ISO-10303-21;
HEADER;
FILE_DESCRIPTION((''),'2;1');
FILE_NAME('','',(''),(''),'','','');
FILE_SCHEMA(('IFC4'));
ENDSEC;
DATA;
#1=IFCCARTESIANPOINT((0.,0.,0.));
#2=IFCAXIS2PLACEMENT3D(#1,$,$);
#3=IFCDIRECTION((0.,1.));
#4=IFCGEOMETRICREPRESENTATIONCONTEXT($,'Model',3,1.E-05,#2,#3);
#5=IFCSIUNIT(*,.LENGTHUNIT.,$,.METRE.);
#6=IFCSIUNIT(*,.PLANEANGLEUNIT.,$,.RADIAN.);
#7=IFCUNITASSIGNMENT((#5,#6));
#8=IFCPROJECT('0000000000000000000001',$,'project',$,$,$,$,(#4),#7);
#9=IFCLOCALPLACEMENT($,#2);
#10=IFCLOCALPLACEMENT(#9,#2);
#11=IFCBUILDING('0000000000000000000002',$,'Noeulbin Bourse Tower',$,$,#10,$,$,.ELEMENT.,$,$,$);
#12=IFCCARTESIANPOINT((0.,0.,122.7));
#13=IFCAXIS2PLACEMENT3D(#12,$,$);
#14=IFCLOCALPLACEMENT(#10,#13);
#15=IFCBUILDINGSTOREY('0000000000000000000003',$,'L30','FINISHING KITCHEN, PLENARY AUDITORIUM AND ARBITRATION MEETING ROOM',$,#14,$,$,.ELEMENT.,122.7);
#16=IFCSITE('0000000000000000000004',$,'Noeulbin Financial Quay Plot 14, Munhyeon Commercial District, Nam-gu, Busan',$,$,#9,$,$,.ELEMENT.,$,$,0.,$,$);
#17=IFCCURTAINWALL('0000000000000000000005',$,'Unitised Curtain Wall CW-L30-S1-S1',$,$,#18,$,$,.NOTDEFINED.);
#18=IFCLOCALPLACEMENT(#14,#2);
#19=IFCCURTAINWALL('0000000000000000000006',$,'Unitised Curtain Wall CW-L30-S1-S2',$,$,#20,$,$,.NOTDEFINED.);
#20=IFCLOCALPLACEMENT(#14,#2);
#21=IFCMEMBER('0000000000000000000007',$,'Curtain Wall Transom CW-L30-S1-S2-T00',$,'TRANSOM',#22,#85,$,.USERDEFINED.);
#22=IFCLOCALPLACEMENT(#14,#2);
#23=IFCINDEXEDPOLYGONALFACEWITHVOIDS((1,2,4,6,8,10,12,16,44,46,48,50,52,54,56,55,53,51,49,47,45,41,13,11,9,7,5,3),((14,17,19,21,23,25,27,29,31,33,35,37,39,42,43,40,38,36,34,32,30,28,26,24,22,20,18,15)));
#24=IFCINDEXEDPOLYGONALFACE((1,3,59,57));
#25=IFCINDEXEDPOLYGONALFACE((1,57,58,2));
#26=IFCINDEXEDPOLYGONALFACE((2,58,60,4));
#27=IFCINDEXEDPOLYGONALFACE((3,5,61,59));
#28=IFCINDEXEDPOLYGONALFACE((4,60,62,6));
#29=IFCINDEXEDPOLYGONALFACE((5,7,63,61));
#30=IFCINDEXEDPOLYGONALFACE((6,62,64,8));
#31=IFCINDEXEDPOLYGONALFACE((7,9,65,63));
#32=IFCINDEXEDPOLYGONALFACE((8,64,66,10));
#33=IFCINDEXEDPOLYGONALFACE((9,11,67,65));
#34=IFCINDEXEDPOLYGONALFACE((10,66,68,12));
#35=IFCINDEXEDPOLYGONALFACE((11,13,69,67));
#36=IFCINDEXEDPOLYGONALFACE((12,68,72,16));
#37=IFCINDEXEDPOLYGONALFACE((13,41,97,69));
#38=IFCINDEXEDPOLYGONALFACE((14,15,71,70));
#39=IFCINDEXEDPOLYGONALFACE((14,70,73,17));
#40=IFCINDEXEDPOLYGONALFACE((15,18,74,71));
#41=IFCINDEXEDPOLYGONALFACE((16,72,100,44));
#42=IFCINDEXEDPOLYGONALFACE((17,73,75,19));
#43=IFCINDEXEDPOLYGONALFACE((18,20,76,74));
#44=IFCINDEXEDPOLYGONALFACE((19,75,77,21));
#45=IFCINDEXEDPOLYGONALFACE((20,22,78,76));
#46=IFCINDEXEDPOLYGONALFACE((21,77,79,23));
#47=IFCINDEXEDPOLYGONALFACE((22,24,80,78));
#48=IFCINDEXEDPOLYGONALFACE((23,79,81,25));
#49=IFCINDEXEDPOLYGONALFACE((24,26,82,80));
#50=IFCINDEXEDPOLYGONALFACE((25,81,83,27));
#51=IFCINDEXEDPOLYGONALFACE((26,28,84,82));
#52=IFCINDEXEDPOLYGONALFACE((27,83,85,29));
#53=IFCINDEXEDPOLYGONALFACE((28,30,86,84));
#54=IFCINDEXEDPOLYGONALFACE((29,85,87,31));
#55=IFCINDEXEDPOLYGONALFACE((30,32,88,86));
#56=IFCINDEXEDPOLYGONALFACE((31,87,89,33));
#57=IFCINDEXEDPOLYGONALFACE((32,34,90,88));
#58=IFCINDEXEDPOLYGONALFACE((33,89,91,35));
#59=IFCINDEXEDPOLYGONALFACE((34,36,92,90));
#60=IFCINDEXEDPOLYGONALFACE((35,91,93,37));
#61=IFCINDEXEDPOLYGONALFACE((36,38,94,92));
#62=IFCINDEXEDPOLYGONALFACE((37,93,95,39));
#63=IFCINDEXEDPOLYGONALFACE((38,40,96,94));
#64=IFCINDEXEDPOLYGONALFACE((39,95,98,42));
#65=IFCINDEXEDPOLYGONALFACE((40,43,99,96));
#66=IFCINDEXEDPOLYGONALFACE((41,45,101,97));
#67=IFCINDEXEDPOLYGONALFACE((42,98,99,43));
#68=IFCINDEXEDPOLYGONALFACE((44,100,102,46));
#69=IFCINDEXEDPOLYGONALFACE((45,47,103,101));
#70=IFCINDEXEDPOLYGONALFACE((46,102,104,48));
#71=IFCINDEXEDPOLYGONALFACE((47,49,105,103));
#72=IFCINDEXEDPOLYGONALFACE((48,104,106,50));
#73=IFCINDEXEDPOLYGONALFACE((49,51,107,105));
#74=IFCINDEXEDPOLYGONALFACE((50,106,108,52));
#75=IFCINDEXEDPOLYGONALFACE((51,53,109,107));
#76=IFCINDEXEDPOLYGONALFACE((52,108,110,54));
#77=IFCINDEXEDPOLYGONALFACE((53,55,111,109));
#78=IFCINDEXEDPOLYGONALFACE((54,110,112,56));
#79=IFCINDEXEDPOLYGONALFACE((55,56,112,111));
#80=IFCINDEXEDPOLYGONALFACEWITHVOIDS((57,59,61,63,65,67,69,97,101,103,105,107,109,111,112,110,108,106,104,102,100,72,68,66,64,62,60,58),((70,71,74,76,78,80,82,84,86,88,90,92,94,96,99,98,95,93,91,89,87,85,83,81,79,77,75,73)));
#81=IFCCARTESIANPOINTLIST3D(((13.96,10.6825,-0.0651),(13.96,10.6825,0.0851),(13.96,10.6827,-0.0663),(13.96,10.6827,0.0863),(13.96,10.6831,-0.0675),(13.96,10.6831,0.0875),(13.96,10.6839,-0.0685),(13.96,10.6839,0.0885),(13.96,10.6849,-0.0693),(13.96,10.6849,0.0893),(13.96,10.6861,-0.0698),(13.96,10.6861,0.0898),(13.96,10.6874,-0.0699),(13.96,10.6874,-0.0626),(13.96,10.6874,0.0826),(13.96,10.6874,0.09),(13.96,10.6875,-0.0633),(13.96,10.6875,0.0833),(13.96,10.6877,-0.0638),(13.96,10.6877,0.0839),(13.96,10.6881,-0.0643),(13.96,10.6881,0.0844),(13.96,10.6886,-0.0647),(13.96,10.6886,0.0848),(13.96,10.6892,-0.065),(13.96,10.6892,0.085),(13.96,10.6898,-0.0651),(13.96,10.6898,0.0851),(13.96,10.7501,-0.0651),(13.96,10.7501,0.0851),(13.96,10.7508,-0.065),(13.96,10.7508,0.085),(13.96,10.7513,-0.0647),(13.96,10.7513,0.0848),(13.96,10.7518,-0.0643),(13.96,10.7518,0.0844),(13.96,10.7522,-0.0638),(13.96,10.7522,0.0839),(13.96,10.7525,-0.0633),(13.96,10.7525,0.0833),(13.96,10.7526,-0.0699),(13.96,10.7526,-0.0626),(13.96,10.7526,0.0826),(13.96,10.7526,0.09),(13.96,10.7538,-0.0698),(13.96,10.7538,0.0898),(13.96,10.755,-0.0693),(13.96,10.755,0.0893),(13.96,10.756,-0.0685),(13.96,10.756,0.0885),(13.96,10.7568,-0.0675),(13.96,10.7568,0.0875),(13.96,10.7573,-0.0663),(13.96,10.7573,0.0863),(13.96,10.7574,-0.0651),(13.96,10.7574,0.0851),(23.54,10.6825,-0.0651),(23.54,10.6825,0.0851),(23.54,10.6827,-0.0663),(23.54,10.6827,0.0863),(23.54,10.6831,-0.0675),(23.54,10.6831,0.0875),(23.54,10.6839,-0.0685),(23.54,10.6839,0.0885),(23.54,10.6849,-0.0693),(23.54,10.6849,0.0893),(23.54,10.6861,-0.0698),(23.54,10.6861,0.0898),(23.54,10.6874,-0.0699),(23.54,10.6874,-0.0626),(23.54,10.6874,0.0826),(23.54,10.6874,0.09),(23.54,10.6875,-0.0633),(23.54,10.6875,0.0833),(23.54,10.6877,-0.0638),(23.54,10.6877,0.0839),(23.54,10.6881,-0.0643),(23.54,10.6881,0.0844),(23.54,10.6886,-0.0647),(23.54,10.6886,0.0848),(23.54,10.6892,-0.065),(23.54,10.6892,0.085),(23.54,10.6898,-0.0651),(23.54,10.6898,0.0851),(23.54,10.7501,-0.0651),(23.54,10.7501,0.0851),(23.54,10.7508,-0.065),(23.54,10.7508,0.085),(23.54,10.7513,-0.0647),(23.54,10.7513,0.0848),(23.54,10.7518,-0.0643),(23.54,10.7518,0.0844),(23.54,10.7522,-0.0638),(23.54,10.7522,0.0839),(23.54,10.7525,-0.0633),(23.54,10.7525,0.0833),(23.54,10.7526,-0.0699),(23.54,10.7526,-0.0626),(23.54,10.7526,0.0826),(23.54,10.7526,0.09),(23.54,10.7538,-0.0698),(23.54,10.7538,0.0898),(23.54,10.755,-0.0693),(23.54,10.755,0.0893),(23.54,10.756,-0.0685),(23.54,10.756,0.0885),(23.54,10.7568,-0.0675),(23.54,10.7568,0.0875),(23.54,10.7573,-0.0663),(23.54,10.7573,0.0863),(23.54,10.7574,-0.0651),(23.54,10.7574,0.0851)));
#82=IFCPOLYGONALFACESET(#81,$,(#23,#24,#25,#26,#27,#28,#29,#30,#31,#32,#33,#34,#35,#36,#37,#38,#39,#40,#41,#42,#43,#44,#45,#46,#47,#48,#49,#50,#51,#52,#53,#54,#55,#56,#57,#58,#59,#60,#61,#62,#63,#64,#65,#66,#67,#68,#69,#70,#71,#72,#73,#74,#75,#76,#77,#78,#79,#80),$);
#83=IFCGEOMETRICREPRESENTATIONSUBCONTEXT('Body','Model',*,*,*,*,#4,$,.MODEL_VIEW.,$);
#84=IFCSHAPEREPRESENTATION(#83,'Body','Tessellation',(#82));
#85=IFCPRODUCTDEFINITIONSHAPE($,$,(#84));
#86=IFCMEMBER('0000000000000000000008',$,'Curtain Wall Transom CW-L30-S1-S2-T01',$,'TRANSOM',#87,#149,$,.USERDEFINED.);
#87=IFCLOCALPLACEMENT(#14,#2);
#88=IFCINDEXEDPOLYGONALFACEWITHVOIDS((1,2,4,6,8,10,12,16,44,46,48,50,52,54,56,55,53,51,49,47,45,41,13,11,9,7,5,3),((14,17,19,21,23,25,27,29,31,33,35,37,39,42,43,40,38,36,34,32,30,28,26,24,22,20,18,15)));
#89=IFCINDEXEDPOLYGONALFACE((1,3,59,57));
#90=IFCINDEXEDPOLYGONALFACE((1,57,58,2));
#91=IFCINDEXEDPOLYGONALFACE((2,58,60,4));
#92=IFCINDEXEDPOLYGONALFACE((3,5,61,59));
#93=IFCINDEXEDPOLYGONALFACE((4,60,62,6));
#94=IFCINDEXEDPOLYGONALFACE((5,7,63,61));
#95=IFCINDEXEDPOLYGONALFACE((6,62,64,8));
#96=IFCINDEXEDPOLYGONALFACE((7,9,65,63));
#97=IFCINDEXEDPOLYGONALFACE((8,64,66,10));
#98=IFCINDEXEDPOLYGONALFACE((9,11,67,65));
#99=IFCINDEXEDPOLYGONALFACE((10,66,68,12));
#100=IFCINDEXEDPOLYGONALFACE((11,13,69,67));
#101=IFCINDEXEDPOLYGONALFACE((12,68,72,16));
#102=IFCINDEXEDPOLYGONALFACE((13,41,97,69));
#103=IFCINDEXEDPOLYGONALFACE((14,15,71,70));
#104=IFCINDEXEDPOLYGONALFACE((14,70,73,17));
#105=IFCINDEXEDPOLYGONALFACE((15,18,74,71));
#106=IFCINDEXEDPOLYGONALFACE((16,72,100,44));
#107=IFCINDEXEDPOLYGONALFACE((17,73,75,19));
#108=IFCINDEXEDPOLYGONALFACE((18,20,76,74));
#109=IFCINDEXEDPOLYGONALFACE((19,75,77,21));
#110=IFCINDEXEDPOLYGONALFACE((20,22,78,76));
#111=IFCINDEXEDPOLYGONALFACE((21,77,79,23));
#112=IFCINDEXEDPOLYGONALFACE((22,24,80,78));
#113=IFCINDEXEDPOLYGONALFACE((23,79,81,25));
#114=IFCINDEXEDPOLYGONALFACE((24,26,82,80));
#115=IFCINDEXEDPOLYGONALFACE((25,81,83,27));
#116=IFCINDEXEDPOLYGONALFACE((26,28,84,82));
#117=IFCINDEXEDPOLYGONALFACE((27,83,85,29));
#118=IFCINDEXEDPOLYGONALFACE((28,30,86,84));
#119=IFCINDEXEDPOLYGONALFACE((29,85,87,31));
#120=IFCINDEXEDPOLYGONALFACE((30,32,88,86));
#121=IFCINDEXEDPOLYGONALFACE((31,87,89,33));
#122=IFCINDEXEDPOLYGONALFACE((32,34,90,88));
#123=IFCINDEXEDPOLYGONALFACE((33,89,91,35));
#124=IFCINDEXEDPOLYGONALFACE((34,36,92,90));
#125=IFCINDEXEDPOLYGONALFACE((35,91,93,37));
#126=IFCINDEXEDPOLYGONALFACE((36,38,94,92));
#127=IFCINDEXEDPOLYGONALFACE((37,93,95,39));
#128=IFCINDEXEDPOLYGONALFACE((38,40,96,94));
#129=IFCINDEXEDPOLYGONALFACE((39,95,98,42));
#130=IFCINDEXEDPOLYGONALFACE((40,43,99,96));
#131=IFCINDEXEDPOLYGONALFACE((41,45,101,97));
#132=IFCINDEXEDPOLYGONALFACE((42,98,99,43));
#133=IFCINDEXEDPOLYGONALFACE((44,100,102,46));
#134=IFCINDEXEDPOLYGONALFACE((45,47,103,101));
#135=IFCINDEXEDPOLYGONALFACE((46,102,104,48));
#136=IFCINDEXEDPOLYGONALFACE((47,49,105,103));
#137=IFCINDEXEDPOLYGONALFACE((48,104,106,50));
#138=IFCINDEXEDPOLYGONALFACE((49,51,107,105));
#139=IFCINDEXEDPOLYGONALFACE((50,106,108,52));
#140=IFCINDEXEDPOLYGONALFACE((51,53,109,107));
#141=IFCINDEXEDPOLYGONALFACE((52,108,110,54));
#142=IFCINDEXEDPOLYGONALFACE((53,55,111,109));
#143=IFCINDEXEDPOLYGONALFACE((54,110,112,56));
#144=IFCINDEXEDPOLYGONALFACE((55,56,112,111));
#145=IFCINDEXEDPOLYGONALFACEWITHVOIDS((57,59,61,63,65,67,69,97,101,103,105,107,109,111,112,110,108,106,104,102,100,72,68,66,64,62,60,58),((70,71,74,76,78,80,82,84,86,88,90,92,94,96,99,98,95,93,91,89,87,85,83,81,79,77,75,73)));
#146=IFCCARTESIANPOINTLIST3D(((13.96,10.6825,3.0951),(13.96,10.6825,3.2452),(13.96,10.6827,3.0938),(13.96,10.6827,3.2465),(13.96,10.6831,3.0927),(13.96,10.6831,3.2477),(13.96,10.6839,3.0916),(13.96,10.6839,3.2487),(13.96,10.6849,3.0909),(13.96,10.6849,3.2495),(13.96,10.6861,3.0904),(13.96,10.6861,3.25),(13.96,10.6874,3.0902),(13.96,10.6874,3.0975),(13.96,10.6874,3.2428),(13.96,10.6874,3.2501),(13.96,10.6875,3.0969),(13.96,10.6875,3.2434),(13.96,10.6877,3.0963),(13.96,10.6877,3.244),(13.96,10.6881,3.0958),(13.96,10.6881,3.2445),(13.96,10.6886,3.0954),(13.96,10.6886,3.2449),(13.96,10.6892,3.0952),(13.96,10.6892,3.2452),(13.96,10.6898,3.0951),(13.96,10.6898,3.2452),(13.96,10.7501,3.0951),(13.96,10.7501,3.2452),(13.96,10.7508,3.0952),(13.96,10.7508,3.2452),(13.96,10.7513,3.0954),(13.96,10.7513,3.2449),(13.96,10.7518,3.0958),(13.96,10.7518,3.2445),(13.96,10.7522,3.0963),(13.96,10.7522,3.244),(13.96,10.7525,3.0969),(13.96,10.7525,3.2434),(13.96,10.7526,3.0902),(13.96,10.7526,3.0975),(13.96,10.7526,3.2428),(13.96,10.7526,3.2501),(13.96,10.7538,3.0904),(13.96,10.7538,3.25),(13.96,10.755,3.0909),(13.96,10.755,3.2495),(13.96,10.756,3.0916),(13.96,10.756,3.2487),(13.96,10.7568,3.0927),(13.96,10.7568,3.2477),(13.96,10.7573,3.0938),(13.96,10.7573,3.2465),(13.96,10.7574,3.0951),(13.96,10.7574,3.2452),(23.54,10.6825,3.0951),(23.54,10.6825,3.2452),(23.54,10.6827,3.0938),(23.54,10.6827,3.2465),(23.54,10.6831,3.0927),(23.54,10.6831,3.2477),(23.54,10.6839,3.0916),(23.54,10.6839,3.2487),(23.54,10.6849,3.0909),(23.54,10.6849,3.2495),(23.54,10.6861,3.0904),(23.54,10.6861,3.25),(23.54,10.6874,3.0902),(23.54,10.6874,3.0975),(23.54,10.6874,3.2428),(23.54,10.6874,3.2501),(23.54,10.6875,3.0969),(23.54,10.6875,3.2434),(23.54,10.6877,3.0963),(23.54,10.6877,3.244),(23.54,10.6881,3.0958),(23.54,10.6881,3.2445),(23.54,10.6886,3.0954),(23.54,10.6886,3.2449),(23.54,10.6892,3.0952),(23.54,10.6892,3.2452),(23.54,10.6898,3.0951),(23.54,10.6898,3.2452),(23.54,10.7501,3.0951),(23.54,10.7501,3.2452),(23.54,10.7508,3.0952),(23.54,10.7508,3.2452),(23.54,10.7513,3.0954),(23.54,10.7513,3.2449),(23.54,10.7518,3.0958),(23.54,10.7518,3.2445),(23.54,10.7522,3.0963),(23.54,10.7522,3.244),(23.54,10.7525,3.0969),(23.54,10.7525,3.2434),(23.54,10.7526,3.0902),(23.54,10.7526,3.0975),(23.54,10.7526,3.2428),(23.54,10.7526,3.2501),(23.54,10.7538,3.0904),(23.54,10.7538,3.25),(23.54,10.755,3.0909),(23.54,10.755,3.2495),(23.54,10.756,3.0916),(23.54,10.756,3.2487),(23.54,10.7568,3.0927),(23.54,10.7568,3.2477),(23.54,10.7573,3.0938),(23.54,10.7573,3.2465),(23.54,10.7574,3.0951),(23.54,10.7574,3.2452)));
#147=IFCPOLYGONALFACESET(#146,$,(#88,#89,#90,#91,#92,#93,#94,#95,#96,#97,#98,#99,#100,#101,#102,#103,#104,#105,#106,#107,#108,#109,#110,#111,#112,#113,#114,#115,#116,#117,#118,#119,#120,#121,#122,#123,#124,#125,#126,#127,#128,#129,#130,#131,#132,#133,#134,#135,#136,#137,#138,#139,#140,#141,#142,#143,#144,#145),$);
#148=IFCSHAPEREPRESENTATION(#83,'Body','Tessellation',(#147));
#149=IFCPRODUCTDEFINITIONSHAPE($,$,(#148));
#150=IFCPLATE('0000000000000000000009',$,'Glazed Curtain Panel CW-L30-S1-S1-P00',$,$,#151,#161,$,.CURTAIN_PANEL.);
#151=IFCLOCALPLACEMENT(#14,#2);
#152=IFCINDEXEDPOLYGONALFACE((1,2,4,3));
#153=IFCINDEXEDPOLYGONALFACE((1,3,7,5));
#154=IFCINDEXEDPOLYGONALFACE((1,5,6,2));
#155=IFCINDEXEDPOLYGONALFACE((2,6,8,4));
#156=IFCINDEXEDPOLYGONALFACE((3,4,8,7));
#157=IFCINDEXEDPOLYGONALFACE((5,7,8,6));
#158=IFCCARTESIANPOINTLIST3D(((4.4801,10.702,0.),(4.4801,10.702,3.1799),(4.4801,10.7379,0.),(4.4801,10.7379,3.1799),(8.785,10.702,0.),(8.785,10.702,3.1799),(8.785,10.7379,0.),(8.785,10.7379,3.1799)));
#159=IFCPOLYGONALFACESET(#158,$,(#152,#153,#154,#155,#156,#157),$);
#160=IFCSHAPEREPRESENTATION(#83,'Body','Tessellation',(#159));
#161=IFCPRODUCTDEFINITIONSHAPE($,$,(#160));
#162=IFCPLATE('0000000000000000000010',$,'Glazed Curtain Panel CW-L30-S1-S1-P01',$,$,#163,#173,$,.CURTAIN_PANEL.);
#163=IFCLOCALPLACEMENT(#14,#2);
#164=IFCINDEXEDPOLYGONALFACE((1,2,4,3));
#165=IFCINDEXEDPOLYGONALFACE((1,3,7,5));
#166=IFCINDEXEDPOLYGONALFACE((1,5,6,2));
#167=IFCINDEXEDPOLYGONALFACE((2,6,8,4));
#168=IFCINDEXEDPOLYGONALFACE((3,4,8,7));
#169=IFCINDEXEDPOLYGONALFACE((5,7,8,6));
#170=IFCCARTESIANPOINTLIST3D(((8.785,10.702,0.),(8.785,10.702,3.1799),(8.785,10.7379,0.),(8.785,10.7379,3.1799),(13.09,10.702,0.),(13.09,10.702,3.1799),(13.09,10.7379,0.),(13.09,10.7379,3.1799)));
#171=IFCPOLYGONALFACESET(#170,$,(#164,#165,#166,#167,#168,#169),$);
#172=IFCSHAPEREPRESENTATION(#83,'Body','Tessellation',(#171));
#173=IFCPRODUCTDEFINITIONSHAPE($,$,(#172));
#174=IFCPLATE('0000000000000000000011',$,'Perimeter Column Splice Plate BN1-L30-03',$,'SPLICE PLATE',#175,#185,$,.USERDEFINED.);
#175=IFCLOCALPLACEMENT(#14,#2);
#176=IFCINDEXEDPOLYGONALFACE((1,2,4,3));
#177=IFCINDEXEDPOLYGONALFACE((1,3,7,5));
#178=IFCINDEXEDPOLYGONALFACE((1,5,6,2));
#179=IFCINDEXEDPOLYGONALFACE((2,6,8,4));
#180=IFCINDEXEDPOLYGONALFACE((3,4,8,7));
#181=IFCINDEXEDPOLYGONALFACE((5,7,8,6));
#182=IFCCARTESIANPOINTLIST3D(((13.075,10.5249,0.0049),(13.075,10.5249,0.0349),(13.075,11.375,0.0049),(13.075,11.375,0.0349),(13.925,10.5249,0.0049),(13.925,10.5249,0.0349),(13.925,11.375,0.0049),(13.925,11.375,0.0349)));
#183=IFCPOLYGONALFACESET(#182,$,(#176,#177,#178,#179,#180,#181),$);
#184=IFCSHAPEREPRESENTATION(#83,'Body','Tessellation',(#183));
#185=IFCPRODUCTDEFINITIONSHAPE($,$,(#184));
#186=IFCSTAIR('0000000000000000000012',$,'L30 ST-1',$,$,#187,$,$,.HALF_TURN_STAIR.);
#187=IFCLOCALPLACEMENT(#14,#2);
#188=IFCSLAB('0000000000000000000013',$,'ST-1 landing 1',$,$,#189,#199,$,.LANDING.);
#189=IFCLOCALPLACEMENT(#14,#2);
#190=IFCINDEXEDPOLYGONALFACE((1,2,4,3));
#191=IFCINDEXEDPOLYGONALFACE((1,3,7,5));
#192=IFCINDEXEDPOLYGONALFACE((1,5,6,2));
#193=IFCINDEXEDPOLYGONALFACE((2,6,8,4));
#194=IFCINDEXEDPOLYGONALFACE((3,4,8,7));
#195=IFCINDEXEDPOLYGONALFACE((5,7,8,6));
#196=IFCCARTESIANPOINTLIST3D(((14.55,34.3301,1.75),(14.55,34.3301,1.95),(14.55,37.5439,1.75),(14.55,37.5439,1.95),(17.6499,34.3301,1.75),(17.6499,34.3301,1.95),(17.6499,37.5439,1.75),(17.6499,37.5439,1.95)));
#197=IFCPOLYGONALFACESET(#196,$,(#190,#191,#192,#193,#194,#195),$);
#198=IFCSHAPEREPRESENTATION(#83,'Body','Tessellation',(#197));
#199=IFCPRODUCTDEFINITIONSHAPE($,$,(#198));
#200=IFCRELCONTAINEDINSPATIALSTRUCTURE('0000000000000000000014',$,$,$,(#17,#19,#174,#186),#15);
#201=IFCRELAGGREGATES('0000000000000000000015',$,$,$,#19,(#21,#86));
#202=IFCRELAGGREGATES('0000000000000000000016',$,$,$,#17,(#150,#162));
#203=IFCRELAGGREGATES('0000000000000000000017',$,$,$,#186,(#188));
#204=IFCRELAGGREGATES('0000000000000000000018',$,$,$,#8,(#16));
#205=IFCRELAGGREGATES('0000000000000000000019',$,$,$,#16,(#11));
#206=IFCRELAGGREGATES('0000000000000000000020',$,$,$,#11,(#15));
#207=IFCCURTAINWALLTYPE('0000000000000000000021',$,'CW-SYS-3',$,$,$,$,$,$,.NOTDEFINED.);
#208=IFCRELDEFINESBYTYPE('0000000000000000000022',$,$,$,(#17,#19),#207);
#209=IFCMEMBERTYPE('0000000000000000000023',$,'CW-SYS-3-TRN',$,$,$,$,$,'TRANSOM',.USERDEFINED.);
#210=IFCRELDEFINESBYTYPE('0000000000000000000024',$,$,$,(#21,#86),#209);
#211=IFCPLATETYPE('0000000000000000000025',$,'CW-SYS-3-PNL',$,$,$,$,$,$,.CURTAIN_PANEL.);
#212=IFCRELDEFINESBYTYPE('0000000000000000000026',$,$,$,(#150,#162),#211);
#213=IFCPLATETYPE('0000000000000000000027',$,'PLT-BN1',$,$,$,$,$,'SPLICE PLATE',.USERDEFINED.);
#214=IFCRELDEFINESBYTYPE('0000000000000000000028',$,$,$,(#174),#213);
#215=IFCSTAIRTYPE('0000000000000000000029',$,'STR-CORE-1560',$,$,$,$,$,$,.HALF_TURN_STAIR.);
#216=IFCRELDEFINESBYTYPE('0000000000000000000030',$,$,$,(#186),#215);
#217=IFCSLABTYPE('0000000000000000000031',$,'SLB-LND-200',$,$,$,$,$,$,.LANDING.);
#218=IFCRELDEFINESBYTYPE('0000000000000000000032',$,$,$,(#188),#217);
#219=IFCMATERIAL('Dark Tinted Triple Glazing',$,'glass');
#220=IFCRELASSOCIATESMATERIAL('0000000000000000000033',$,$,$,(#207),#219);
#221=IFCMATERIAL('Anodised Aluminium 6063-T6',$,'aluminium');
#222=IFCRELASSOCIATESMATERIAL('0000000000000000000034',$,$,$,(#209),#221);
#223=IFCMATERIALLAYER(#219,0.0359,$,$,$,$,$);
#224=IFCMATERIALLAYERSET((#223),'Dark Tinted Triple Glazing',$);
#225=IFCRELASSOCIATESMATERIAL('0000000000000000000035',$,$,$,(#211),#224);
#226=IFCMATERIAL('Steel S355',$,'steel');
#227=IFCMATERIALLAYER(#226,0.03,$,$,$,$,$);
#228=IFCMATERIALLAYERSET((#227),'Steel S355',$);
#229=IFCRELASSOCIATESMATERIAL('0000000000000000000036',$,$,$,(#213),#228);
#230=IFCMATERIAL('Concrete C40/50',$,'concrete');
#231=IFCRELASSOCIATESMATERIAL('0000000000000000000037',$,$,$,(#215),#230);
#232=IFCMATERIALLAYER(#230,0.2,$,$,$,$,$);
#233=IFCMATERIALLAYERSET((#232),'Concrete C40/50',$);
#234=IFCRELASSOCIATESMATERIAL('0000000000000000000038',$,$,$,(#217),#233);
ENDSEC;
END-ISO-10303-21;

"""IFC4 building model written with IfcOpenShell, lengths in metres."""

from ifc_helpers import new_model, si_unit, direction, frame, origin, origin_2d, place, context, subcontext, project, spatial, polyline, rectangle, hollow_rectangle, outline, extrude, material, layer, layer_set, material_profile, profile_set, type_object, element, aggregate, save


model = new_model("IFC4")

# Units and contexts
model_context = context("Model", 3, precision=1e-05, world=origin(), true_north=direction((0.0, 1.0)))
body_context = subcontext(model_context, "Body", "Model", "MODEL_VIEW")
ifc_project = project(units=[si_unit("LENGTHUNIT", "METRE"), si_unit("PLANEANGLEUNIT", "RADIAN")], contexts=[model_context])

# Site, building, storey
site_placement = place(None, origin())
site = spatial("IfcSite", under=ifc_project, at=site_placement, Name="Noeulbin Financial Quay Plot 14, Munhyeon Commercial District, Nam-gu, Busan", CompositionType="ELEMENT", RefElevation=0.0)
building_placement = place(site_placement, origin())
building = spatial("IfcBuilding", under=site, at=building_placement, Name="Noeulbin Bourse Tower", CompositionType="ELEMENT")
storey_placement = place(building_placement, frame((0.0, 0.0, 122.7)))
storey = spatial("IfcBuildingStorey", under=building, at=storey_placement, Name="L30", Description="FINISHING KITCHEN, PLENARY AUDITORIUM AND ARBITRATION MEETING ROOM", CompositionType="ELEMENT", Elevation=122.7)

# Shared definitions
ifc_material_1 = material(Name="Steel S355", Category="steel")

# Curtain wall
ifc_material_2 = material(Name="Dark Tinted Triple Glazing", Category="glass")
curtain_wall_type = type_object("IfcCurtainWallType", Name="CW-SYS-3", PredefinedType="NOTDEFINED", material=ifc_material_2)
curtain_wall_1_placement = place(storey_placement, origin())
curtain_wall_1 = element("IfcCurtainWall", 1, at=curtain_wall_1_placement, inside=storey, type_object=curtain_wall_type, Name="Unitised Curtain Wall CW-L30-S1-S1", PredefinedType="NOTDEFINED")
ifc_material_3 = material(Name="Anodised Aluminium 6063-T6", Category="aluminium")

# Curtain wall
curtain_wall_2_placement = place(storey_placement, origin())
curtain_wall_2 = element("IfcCurtainWall", 2, at=curtain_wall_2_placement, inside=storey, type_object=curtain_wall_type, Name="Unitised Curtain Wall CW-L30-S1-S2", PredefinedType="NOTDEFINED")

# Members
ifc_material_profile_1 = material_profile(ifc_material_3, hollow_rectangle(XDim=0.075, YDim=0.1599, WallThickness=0.0049, InnerFilletRadius=0.0024, OuterFilletRadius=0.0049, at=origin_2d()), Name="ALU-TRAN-75x160x5", Category="LoadBearing")
ifc_profile_set_1 = profile_set([ifc_material_profile_1], Name="Anodised Aluminium 6063-T6")
member_type_1 = type_object("IfcMemberType", Name="CW-SYS-3-TRN", ElementType="TRANSOM", PredefinedType="USERDEFINED", material=ifc_profile_set_1)
member_1_placement = place(storey_placement, frame((13.96, 10.72, 0.01), z_axis=(1.0, 0.0, 0.0), x_axis=(0.0, 1.0, 0.0)))
member_1 = element("IfcMember", 3, at=member_1_placement, type_object=member_type_1, Name="Curtain Wall Transom CW-L30-S1-S2-T00", ObjectType="TRANSOM", PredefinedType="USERDEFINED", context=body_context, shape_type="SweptSolid", body=[
    extrude(hollow_rectangle(XDim=0.075, YDim=0.1599, WallThickness=0.0049, InnerFilletRadius=0.0024, OuterFilletRadius=0.0049, at=origin_2d()), origin(), (0.0, 0.0, 1.0), 9.5801),
])
member_2_placement = place(storey_placement, frame((13.96, 10.72, 3.1702), z_axis=(1.0, 0.0, 0.0), x_axis=(0.0, 1.0, 0.0)))
member_2 = element("IfcMember", 4, at=member_2_placement, type_object=member_type_1, Name="Curtain Wall Transom CW-L30-S1-S2-T01", ObjectType="TRANSOM", PredefinedType="USERDEFINED", context=body_context, shape_type="SweptSolid", body=[
    extrude(hollow_rectangle(XDim=0.075, YDim=0.1599, WallThickness=0.0049, InnerFilletRadius=0.0024, OuterFilletRadius=0.0049, at=origin_2d()), origin(), (0.0, 0.0, 1.0), 9.5801),
])
aggregate(curtain_wall_2, [member_1, member_2])

# Plates
ifc_layer_1 = layer(ifc_material_2, 0.0359)
ifc_layer_set_1 = layer_set([ifc_layer_1], Name="Dark Tinted Triple Glazing")
plate_type_1 = type_object("IfcPlateType", Name="CW-SYS-3-PNL", PredefinedType="CURTAIN_PANEL", material=ifc_layer_set_1)
plate_1_placement = place(storey_placement, frame((6.6326, 10.72, 0.0), z_axis=(0.0, 0.0, 1.0), x_axis=(1.0, 0.0, 0.0)))
plate_1 = element("IfcPlate", 5, at=plate_1_placement, type_object=plate_type_1, Name="Glazed Curtain Panel CW-L30-S1-S1-P00", PredefinedType="CURTAIN_PANEL", context=body_context, shape_type="SweptSolid", body=[
    extrude(rectangle(XDim=4.3049, YDim=0.0359, at=origin_2d()), origin(), (0.0, 0.0, 1.0), 3.1799),
])
plate_2_placement = place(storey_placement, frame((10.9375, 10.72, 0.0), z_axis=(0.0, 0.0, 1.0), x_axis=(1.0, 0.0, 0.0)))
plate_2 = element("IfcPlate", 6, at=plate_2_placement, type_object=plate_type_1, Name="Glazed Curtain Panel CW-L30-S1-S1-P01", PredefinedType="CURTAIN_PANEL", context=body_context, shape_type="SweptSolid", body=[
    extrude(rectangle(XDim=4.3049, YDim=0.0359, at=origin_2d()), origin(), (0.0, 0.0, 1.0), 3.1799),
])
aggregate(curtain_wall_1, [plate_1, plate_2])
ifc_layer_2 = layer(ifc_material_1, 0.03)
ifc_layer_set_2 = layer_set([ifc_layer_2], Name="Steel S355")
plate_type_2 = type_object("IfcPlateType", Name="PLT-BN1", ElementType="SPLICE PLATE", PredefinedType="USERDEFINED", material=ifc_layer_set_2)
plate_3_placement = place(storey_placement, frame((13.5, 10.95, 0.0049), z_axis=(0.0, 0.0, 1.0), x_axis=(1.0, 0.0, 0.0)))
element("IfcPlate", 7, at=plate_3_placement, inside=storey, type_object=plate_type_2, Name="Perimeter Column Splice Plate BN1-L30-03", ObjectType="SPLICE PLATE", PredefinedType="USERDEFINED", context=body_context, shape_type="SweptSolid", body=[
    extrude(rectangle(XDim=0.8501, YDim=0.8501, at=origin_2d()), origin(), (0.0, 0.0, 1.0), 0.03),
])

# Stair, slab
ifc_material_4 = material(Name="Concrete C40/50", Category="concrete")
stair_type = type_object("IfcStairType", Name="STR-CORE-1560", PredefinedType="HALF_TURN_STAIR", material=ifc_material_4)
stair_1_placement = place(storey_placement, origin())
stair_1 = element("IfcStair", 8, at=stair_1_placement, inside=storey, type_object=stair_type, Name="L30 ST-1", PredefinedType="HALF_TURN_STAIR")
ifc_layer_3 = layer(ifc_material_4, 0.2)
ifc_layer_set_3 = layer_set([ifc_layer_3], Name="Concrete C40/50")
slab_type_1 = type_object("IfcSlabType", Name="SLB-LND-200", PredefinedType="LANDING", material=ifc_layer_set_3)
slab_1_placement = place(storey_placement, frame((0.0, 0.0, 1.75)))
slab_1 = element("IfcSlab", 9, at=slab_1_placement, type_object=slab_type_1, Name="ST-1 landing 1", PredefinedType="LANDING", context=body_context, shape_type="SweptSolid", body=[
    extrude(outline(polyline([(17.6499, 34.3301), (17.6499, 37.5439), (14.55, 37.5439), (14.55, 34.3301), (17.6499, 34.3301)])), origin(), (0.0, 0.0, 1.0), 0.2),
])
aggregate(stair_1, [slab_1])

save(model, "model.ifc")
